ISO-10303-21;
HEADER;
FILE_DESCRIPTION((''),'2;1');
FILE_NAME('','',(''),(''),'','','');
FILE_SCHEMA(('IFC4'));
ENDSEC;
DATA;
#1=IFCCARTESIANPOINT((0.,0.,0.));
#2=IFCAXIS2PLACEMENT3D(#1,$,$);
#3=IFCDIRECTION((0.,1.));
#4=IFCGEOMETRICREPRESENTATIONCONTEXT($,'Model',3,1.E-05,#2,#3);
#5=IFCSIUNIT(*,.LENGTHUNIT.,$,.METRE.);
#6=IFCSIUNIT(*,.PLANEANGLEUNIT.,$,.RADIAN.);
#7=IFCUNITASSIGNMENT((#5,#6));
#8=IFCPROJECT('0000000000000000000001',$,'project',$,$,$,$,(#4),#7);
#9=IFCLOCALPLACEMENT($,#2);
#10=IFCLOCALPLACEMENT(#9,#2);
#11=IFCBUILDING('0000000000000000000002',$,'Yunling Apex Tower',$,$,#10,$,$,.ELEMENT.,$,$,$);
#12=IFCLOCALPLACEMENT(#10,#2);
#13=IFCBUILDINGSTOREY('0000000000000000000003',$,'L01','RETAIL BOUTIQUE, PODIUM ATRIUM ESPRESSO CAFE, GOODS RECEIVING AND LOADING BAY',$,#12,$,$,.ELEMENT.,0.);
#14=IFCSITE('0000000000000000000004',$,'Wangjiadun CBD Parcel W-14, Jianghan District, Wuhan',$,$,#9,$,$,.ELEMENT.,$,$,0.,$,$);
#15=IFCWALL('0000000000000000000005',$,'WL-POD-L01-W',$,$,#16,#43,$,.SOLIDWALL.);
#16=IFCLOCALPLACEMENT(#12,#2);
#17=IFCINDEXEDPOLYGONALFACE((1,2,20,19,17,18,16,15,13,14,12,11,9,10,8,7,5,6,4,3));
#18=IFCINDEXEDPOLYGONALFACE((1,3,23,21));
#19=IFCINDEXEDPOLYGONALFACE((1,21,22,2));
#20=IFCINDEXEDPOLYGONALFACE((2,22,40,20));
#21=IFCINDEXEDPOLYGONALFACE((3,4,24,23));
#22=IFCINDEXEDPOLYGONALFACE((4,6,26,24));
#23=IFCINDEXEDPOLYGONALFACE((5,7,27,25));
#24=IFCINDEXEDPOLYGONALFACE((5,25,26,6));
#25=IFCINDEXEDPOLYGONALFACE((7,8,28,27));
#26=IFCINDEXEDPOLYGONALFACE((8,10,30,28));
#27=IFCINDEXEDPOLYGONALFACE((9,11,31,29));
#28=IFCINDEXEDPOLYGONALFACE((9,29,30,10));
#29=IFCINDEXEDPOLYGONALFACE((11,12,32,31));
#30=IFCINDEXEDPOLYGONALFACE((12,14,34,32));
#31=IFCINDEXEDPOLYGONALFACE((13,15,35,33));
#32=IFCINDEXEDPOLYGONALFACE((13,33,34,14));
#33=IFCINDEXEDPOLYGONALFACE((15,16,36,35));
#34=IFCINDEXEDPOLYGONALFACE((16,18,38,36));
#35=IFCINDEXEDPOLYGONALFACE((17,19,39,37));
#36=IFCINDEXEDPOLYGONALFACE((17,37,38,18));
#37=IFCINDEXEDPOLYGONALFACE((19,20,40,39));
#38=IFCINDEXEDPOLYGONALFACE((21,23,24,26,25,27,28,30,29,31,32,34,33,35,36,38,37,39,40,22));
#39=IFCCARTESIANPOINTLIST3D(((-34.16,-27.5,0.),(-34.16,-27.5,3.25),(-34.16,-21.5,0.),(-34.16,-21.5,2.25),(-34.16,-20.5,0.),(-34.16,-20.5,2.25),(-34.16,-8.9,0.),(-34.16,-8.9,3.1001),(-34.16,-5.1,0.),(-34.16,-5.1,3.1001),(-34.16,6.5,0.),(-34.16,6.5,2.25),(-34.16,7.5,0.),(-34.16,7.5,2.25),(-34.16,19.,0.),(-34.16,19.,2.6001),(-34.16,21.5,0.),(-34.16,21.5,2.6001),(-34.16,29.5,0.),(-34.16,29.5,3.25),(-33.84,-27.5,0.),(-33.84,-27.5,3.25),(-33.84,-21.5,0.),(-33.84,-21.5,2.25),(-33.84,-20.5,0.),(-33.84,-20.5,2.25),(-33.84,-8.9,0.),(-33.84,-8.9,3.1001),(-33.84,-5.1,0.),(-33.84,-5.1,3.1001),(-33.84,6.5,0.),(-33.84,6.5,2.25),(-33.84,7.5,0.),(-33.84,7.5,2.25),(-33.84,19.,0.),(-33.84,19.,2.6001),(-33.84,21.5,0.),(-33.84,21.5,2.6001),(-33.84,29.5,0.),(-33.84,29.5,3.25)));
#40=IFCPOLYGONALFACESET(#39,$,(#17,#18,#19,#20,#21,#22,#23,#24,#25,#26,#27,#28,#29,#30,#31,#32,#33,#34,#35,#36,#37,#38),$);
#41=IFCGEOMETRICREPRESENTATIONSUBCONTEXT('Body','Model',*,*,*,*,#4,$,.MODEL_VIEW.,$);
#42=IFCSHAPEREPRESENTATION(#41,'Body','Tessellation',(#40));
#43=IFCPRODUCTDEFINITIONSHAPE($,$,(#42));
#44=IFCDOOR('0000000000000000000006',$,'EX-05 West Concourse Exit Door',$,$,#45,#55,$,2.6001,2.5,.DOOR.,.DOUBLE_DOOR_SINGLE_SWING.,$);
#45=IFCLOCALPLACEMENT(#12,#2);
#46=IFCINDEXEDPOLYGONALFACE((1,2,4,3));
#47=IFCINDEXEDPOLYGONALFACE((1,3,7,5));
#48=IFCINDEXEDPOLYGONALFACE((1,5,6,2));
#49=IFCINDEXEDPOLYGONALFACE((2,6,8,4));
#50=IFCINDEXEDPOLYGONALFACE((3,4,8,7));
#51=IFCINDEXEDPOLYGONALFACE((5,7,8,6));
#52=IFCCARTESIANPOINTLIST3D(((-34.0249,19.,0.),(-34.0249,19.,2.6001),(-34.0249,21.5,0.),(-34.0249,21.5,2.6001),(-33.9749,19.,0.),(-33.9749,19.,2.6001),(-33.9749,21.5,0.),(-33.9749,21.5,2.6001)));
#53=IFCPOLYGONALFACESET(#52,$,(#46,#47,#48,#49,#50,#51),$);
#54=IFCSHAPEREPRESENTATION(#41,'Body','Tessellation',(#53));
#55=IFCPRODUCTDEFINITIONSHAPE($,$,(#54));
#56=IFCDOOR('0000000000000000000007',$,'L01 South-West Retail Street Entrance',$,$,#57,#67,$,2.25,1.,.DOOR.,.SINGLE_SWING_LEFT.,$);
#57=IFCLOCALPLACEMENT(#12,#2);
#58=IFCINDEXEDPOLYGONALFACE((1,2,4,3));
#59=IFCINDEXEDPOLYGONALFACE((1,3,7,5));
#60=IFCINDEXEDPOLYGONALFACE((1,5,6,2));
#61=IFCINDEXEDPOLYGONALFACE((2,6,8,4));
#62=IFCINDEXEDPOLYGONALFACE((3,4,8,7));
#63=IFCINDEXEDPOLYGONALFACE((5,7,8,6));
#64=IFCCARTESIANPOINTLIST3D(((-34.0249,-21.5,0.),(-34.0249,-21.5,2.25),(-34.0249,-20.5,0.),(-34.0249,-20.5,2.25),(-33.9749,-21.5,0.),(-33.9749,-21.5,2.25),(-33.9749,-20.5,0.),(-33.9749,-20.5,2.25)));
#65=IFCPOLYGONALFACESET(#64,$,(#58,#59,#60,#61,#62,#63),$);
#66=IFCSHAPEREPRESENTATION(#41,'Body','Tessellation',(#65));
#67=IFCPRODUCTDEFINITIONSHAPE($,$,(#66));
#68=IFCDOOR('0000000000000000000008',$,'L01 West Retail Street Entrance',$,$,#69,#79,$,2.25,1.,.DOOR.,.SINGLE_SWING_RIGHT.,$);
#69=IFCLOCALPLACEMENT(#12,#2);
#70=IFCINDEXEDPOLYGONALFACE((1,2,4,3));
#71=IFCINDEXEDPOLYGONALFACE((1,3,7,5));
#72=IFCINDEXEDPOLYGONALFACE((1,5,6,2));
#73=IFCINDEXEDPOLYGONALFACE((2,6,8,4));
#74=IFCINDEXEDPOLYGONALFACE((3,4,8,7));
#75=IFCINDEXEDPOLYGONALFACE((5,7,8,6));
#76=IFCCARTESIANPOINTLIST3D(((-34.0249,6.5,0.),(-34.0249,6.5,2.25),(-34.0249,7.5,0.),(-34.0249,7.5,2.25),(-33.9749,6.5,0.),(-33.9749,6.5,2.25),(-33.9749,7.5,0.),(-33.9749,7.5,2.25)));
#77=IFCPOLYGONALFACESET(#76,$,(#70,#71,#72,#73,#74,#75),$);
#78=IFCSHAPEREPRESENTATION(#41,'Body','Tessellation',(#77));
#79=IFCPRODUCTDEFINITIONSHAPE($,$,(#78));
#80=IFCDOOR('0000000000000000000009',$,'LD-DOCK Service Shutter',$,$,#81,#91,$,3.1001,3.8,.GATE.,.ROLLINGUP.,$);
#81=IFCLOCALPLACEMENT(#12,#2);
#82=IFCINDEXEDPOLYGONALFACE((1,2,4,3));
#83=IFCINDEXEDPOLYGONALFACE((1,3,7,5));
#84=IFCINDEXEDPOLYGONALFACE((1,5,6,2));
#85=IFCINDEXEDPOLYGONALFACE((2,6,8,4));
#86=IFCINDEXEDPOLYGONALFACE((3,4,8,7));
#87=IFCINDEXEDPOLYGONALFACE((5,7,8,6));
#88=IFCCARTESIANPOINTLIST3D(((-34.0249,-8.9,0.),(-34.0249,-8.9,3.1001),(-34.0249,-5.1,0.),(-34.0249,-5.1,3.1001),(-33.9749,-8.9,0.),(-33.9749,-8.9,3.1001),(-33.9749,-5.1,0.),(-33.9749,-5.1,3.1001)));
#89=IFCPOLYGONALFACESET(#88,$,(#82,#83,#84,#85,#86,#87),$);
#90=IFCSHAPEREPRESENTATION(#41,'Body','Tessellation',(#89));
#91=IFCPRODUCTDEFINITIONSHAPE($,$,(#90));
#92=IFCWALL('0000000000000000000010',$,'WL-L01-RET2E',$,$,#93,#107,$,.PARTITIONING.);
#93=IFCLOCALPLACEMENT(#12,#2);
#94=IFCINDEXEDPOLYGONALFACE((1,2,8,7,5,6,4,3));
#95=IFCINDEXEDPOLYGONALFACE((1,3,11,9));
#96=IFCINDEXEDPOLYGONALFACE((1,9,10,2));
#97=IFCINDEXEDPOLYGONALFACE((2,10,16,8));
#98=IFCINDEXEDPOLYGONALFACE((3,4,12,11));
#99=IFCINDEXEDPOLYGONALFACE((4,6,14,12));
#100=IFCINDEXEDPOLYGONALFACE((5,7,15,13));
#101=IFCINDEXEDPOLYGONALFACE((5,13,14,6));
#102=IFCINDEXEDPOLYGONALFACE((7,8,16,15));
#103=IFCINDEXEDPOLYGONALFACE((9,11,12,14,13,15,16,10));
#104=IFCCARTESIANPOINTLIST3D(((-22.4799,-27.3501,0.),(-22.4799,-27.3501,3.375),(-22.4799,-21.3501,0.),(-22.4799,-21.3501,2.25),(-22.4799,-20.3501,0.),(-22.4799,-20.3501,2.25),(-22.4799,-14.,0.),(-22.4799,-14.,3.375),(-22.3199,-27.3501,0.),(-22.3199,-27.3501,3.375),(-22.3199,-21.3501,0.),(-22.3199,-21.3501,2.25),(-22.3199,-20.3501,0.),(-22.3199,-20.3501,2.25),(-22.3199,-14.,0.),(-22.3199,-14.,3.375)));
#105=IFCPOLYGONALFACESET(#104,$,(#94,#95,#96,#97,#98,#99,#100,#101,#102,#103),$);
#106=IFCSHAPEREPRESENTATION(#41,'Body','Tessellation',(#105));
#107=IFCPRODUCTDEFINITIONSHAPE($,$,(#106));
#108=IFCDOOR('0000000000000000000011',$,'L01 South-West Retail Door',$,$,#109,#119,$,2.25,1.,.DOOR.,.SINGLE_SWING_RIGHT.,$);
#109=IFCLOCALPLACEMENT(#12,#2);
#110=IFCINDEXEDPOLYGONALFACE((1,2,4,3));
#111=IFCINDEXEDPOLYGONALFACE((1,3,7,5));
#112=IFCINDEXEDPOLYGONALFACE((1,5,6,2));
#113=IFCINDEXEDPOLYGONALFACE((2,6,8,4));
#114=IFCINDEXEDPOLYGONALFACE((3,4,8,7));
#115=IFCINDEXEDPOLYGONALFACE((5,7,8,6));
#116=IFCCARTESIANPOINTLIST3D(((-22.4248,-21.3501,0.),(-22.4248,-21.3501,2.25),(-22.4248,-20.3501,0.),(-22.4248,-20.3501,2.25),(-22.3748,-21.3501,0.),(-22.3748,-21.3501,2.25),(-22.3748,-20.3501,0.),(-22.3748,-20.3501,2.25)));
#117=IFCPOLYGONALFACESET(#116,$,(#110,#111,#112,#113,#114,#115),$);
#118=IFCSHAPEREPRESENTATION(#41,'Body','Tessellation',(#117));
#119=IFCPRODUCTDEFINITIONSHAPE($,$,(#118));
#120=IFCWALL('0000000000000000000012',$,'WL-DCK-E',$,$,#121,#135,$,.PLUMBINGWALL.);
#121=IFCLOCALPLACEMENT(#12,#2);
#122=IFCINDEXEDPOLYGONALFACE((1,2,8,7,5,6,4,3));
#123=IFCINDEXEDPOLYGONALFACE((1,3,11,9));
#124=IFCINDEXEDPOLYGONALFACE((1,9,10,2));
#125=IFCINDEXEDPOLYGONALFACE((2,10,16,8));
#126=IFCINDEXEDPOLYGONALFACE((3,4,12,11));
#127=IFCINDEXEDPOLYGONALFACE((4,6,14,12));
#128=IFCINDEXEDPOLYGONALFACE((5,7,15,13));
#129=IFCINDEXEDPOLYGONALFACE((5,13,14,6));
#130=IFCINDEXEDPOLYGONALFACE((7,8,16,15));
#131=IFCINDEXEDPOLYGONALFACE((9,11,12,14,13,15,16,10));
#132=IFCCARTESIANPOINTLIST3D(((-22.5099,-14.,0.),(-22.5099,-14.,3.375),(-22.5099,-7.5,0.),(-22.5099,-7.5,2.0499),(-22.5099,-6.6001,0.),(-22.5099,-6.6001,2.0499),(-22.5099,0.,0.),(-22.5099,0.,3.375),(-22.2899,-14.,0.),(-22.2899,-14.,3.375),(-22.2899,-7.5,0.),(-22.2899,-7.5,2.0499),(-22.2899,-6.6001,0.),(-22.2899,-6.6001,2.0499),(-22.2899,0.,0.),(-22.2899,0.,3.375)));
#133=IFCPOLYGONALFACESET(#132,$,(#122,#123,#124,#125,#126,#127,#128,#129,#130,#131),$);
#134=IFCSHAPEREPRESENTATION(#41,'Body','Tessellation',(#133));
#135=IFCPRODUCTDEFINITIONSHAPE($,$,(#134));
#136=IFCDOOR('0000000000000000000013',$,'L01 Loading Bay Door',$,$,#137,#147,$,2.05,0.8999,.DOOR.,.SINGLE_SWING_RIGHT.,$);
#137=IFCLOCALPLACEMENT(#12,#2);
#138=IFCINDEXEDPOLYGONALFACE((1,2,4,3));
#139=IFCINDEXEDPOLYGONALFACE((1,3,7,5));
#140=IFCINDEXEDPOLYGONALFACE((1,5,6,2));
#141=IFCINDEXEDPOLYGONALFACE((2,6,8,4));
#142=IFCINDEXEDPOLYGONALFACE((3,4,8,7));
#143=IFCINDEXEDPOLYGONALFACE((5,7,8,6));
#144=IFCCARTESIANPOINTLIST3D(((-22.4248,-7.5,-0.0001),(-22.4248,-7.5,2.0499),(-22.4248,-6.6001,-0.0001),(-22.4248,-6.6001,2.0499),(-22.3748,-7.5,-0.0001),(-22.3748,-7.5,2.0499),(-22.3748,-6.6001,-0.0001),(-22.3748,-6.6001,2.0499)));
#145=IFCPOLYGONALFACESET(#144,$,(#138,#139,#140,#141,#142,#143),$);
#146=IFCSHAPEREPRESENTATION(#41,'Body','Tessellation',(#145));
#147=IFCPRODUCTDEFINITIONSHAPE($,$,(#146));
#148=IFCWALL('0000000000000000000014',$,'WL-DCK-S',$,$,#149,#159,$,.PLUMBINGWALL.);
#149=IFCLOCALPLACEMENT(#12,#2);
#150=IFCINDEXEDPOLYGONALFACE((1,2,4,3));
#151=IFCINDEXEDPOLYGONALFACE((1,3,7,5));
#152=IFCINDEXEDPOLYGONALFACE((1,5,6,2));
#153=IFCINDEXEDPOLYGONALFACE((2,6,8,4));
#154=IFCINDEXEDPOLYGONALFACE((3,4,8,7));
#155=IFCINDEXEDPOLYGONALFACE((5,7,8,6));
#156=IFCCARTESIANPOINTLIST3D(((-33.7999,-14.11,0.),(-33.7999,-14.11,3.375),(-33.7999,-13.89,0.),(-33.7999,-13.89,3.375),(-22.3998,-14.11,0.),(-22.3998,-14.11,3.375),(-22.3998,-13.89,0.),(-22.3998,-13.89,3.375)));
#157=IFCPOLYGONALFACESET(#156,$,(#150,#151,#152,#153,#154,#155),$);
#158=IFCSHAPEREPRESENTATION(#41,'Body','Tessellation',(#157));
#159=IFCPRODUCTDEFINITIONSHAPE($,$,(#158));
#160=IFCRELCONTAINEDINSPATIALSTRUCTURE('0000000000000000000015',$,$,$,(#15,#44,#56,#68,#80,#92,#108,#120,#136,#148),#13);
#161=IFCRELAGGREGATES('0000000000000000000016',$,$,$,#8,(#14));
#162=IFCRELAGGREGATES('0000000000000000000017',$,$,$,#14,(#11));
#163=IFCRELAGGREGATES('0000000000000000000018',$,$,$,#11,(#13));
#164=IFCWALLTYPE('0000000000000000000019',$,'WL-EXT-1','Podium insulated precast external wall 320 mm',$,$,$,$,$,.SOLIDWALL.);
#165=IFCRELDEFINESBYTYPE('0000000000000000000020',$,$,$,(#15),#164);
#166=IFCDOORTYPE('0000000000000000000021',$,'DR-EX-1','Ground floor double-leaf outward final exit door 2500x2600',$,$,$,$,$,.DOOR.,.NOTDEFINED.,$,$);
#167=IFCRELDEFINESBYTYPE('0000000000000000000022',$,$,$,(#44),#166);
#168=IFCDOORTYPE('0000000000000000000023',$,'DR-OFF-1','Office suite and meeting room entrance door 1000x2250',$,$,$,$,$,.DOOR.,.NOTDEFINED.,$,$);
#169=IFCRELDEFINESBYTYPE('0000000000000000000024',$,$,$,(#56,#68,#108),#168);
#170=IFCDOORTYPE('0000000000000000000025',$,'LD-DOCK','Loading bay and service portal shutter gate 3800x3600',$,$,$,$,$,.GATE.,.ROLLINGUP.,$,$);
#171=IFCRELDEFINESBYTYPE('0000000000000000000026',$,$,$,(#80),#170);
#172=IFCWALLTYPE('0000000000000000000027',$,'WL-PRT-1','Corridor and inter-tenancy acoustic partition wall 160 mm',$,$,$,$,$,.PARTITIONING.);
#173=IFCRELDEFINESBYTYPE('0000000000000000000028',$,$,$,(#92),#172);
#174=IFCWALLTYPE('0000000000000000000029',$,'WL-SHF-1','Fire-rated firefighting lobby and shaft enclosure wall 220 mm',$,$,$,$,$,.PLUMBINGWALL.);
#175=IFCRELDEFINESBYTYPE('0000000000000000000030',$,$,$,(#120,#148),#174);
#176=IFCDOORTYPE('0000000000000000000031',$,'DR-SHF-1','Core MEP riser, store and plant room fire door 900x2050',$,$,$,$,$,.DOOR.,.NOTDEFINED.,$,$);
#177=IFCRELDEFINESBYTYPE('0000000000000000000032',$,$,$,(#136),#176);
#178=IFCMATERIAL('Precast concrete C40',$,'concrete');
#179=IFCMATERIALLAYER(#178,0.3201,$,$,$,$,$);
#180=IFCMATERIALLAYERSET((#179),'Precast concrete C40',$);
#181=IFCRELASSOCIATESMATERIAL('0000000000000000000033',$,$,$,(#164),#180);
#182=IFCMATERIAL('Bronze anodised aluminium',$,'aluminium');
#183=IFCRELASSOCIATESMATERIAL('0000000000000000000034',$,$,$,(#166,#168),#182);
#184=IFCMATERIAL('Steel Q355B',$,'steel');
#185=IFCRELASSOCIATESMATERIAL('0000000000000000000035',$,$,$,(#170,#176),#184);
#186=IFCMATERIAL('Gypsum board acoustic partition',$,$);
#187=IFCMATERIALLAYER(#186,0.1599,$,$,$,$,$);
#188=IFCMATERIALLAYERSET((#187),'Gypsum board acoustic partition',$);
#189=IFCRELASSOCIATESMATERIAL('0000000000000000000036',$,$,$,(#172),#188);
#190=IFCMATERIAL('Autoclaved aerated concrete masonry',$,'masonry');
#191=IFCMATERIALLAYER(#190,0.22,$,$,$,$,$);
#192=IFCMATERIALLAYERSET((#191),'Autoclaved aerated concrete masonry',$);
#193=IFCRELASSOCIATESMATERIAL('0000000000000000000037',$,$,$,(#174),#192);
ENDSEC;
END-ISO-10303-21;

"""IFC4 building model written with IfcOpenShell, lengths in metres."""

from ifc_helpers import new_model, si_unit, direction, frame, frame_2d, origin, place, context, subcontext, project, spatial, rectangle, extrude, material, layer, layer_set, type_object, element, fill, save


model = new_model("IFC4")

# Units and contexts
model_context = context("Model", 3, precision=1e-05, world=origin(), true_north=direction((0.0, 1.0)))
body_context = subcontext(model_context, "Body", "Model", "MODEL_VIEW")
ifc_project = project(units=[si_unit("LENGTHUNIT", "METRE"), si_unit("PLANEANGLEUNIT", "RADIAN")], contexts=[model_context])

# Site, building, storey
site_placement = place(None, origin())
site = spatial("IfcSite", under=ifc_project, at=site_placement, Name="Wangjiadun CBD Parcel W-14, Jianghan District, Wuhan", CompositionType="ELEMENT", RefElevation=0.0)
building_placement = place(site_placement, origin())
building = spatial("IfcBuilding", under=site, at=building_placement, Name="Yunling Apex Tower", CompositionType="ELEMENT")
storey_placement = place(building_placement, origin())
storey = spatial("IfcBuildingStorey", under=building, at=storey_placement, Name="L01", Description="RETAIL BOUTIQUE, PODIUM ATRIUM ESPRESSO CAFE, GOODS RECEIVING AND LOADING BAY", CompositionType="ELEMENT", Elevation=0.0)

# Shared definitions
ifc_material_1 = material(Name="Steel Q355B", Category="steel")

# Wall, openings, doors
ifc_material_2 = material(Name="Precast concrete C40", Category="concrete")
ifc_layer_1 = layer(ifc_material_2, 0.3201)
ifc_layer_set_1 = layer_set([ifc_layer_1], Name="Precast concrete C40")
wall_type_1 = type_object("IfcWallType", Name="WL-EXT-1", Description="Podium insulated precast external wall 320 mm", PredefinedType="SOLIDWALL", material=ifc_layer_set_1)
wall_1_placement = place(storey_placement, frame((-34.0, -27.5, 0.0), z_axis=(0.0, 0.0, 1.0), x_axis=(0.0, 1.0, 0.0)))
wall_1 = element("IfcWall", 1, at=wall_1_placement, inside=storey, type_object=wall_type_1, Name="WL-POD-L01-W", PredefinedType="SOLIDWALL", context=body_context, shape_type="SweptSolid", body=[
    extrude(rectangle(XDim=57.0, YDim=0.3201, at=frame_2d((28.5, 0.0))), origin(), (0.0, 0.0, 1.0), 3.25),
])
opening_1_placement = place(wall_1_placement, frame((6.0, 0.0, 0.0)))
opening_1 = element("IfcOpeningElement", 2, at=opening_1_placement, cuts=wall_1, PredefinedType="OPENING", context=body_context, shape_type="SweptSolid", body=[
    extrude(rectangle(XDim=1.0, YDim=2.25, at=frame_2d((0.5, 1.125))), frame((0.0, 0.1699, 0.0), z_axis=(0.0, -1.0, 0.0), x_axis=(1.0, 0.0, 0.0)), (0.0, 0.0, 1.0), 0.3401),
])
opening_2_placement = place(wall_1_placement, frame((18.6001, 0.0, 0.0)))
opening_2 = element("IfcOpeningElement", 3, at=opening_2_placement, cuts=wall_1, PredefinedType="OPENING", context=body_context, shape_type="SweptSolid", body=[
    extrude(rectangle(XDim=3.8, YDim=3.1001, at=frame_2d((1.8999, 1.55))), frame((0.0, 0.1699, 0.0), z_axis=(0.0, -1.0, 0.0), x_axis=(1.0, 0.0, 0.0)), (0.0, 0.0, 1.0), 0.3401),
])
opening_3_placement = place(wall_1_placement, frame((34.0, 0.0, 0.0)))
opening_3 = element("IfcOpeningElement", 4, at=opening_3_placement, cuts=wall_1, PredefinedType="OPENING", context=body_context, shape_type="SweptSolid", body=[
    extrude(rectangle(XDim=1.0, YDim=2.25, at=frame_2d((0.5, 1.125))), frame((0.0, 0.1699, 0.0), z_axis=(0.0, -1.0, 0.0), x_axis=(1.0, 0.0, 0.0)), (0.0, 0.0, 1.0), 0.3401),
])
opening_4_placement = place(wall_1_placement, frame((46.5, 0.0, 0.0)))
opening_4 = element("IfcOpeningElement", 5, at=opening_4_placement, cuts=wall_1, PredefinedType="OPENING", context=body_context, shape_type="SweptSolid", body=[
    extrude(rectangle(XDim=2.5, YDim=2.6001, at=frame_2d((1.25, 1.3))), frame((0.0, 0.1699, 0.0), z_axis=(0.0, -1.0, 0.0), x_axis=(1.0, 0.0, 0.0)), (0.0, 0.0, 1.0), 0.3401),
])
ifc_material_3 = material(Name="Bronze anodised aluminium", Category="aluminium")
door_type_1 = type_object("IfcDoorType", Name="DR-EX-1", Description="Ground floor double-leaf outward final exit door 2500x2600", OperationType="NOTDEFINED", PredefinedType="DOOR", material=ifc_material_3)
door_1_placement = place(opening_4_placement, origin())
door_1 = element("IfcDoor", 6, at=door_1_placement, inside=storey, type_object=door_type_1, Name="EX-05 West Concourse Exit Door", OperationType="DOUBLE_DOOR_SINGLE_SWING", OverallHeight=2.6001, OverallWidth=2.5, PredefinedType="DOOR", context=body_context, shape_type="SweptSolid", body=[
    extrude(rectangle(XDim=2.5, YDim=2.6001, at=frame_2d((1.25, 1.3))), frame((0.0, 0.0249, 0.0), z_axis=(0.0, -1.0, 0.0), x_axis=(1.0, 0.0, 0.0)), (0.0, 0.0, 1.0), 0.05),
])
fill(opening_4, door_1)
door_type_2 = type_object("IfcDoorType", Name="DR-OFF-1", Description="Office suite and meeting room entrance door 1000x2250", OperationType="NOTDEFINED", PredefinedType="DOOR", material=ifc_material_3)
door_2_placement = place(opening_1_placement, origin())
door_2 = element("IfcDoor", 7, at=door_2_placement, inside=storey, type_object=door_type_2, Name="L01 South-West Retail Street Entrance", OperationType="SINGLE_SWING_LEFT", OverallHeight=2.25, OverallWidth=1.0, PredefinedType="DOOR", context=body_context, shape_type="SweptSolid", body=[
    extrude(rectangle(XDim=1.0, YDim=2.25, at=frame_2d((0.5, 1.125))), frame((0.0, 0.0249, 0.0), z_axis=(0.0, -1.0, 0.0), x_axis=(1.0, 0.0, 0.0)), (0.0, 0.0, 1.0), 0.05),
])
fill(opening_1, door_2)
door_3_placement = place(opening_3_placement, origin())
door_3 = element("IfcDoor", 8, at=door_3_placement, inside=storey, type_object=door_type_2, Name="L01 West Retail Street Entrance", OperationType="SINGLE_SWING_RIGHT", OverallHeight=2.25, OverallWidth=1.0, PredefinedType="DOOR", context=body_context, shape_type="SweptSolid", body=[
    extrude(rectangle(XDim=1.0, YDim=2.25, at=frame_2d((0.5, 1.125))), frame((0.0, 0.0249, 0.0), z_axis=(0.0, -1.0, 0.0), x_axis=(1.0, 0.0, 0.0)), (0.0, 0.0, 1.0), 0.05),
])
fill(opening_3, door_3)
door_type_3 = type_object("IfcDoorType", Name="LD-DOCK", Description="Loading bay and service portal shutter gate 3800x3600", OperationType="ROLLINGUP", PredefinedType="GATE", material=ifc_material_1)
door_4_placement = place(opening_2_placement, origin())
door_4 = element("IfcDoor", 9, at=door_4_placement, inside=storey, type_object=door_type_3, Name="LD-DOCK Service Shutter", OperationType="ROLLINGUP", OverallHeight=3.1001, OverallWidth=3.8, PredefinedType="GATE", context=body_context, shape_type="SweptSolid", body=[
    extrude(rectangle(XDim=3.8, YDim=3.1001, at=frame_2d((1.8999, 1.55))), frame((0.0, 0.0249, 0.0), z_axis=(0.0, -1.0, 0.0), x_axis=(1.0, 0.0, 0.0)), (0.0, 0.0, 1.0), 0.05),
])
fill(opening_2, door_4)

# Walls, openings, doors
ifc_material_4 = material(Name="Gypsum board acoustic partition")
ifc_layer_2 = layer(ifc_material_4, 0.1599)
ifc_layer_set_2 = layer_set([ifc_layer_2], Name="Gypsum board acoustic partition")
wall_type_2 = type_object("IfcWallType", Name="WL-PRT-1", Description="Corridor and inter-tenancy acoustic partition wall 160 mm", PredefinedType="PARTITIONING", material=ifc_layer_set_2)
wall_2_placement = place(storey_placement, frame((-22.3999, -27.3501, 0.0), z_axis=(0.0, 0.0, 1.0), x_axis=(0.0, 1.0, 0.0)))
wall_2 = element("IfcWall", 10, at=wall_2_placement, inside=storey, type_object=wall_type_2, Name="WL-L01-RET2E", PredefinedType="PARTITIONING", context=body_context, shape_type="SweptSolid", body=[
    extrude(rectangle(XDim=13.3501, YDim=0.1599, at=frame_2d((6.675, 0.0))), origin(), (0.0, 0.0, 1.0), 3.375),
])
opening_5_placement = place(wall_2_placement, frame((6.0, 0.0, 0.0)))
opening_5 = element("IfcOpeningElement", 11, at=opening_5_placement, cuts=wall_2, PredefinedType="OPENING", context=body_context, shape_type="SweptSolid", body=[
    extrude(rectangle(XDim=1.0, YDim=2.25, at=frame_2d((0.5, 1.125))), frame((0.0, 0.0898, 0.0), z_axis=(0.0, -1.0, 0.0), x_axis=(1.0, 0.0, 0.0)), (0.0, 0.0, 1.0), 0.1799),
])
door_5_placement = place(opening_5_placement, origin())
door_5 = element("IfcDoor", 12, at=door_5_placement, inside=storey, type_object=door_type_2, Name="L01 South-West Retail Door", OperationType="SINGLE_SWING_RIGHT", OverallHeight=2.25, OverallWidth=1.0, PredefinedType="DOOR", context=body_context, shape_type="SweptSolid", body=[
    extrude(rectangle(XDim=1.0, YDim=2.25, at=frame_2d((0.5, 1.125))), frame((0.0, 0.0249, 0.0), z_axis=(0.0, -1.0, 0.0), x_axis=(1.0, 0.0, 0.0)), (0.0, 0.0, 1.0), 0.05),
])
fill(opening_5, door_5)
ifc_material_5 = material(Name="Autoclaved aerated concrete masonry", Category="masonry")
ifc_layer_3 = layer(ifc_material_5, 0.22)
ifc_layer_set_3 = layer_set([ifc_layer_3], Name="Autoclaved aerated concrete masonry")
wall_type_3 = type_object("IfcWallType", Name="WL-SHF-1", Description="Fire-rated firefighting lobby and shaft enclosure wall 220 mm", PredefinedType="PLUMBINGWALL", material=ifc_layer_set_3)
wall_3_placement = place(storey_placement, frame((-22.3999, -14.0, 0.0), z_axis=(0.0, 0.0, 1.0), x_axis=(0.0, 1.0, 0.0)))
wall_3 = element("IfcWall", 13, at=wall_3_placement, inside=storey, type_object=wall_type_3, Name="WL-DCK-E", PredefinedType="PLUMBINGWALL", context=body_context, shape_type="SweptSolid", body=[
    extrude(rectangle(XDim=14.0, YDim=0.22, at=frame_2d((7.0, 0.0))), origin(), (0.0, 0.0, 1.0), 3.375),
])
opening_6_placement = place(wall_3_placement, frame((6.5, 0.0, 0.0)))
opening_6 = element("IfcOpeningElement", 14, at=opening_6_placement, cuts=wall_3, PredefinedType="OPENING", context=body_context, shape_type="SweptSolid", body=[
    extrude(rectangle(XDim=0.8999, YDim=2.05, at=frame_2d((0.45, 1.0249))), frame((0.0, 0.1201, 0.0), z_axis=(0.0, -1.0, 0.0), x_axis=(1.0, 0.0, 0.0)), (0.0, 0.0, 1.0), 0.24),
])
door_type_4 = type_object("IfcDoorType", Name="DR-SHF-1", Description="Core MEP riser, store and plant room fire door 900x2050", OperationType="NOTDEFINED", PredefinedType="DOOR", material=ifc_material_1)
door_6_placement = place(opening_6_placement, origin())
door_6 = element("IfcDoor", 15, at=door_6_placement, inside=storey, type_object=door_type_4, Name="L01 Loading Bay Door", OperationType="SINGLE_SWING_RIGHT", OverallHeight=2.05, OverallWidth=0.8999, PredefinedType="DOOR", context=body_context, shape_type="SweptSolid", body=[
    extrude(rectangle(XDim=0.8999, YDim=2.05, at=frame_2d((0.45, 1.0249))), frame((0.0, 0.0249, 0.0), z_axis=(0.0, -1.0, 0.0), x_axis=(1.0, 0.0, 0.0)), (0.0, 0.0, 1.0), 0.05),
])
fill(opening_6, door_6)

# Wall
wall_4_placement = place(storey_placement, frame((-33.8, -14.0, 0.0), z_axis=(0.0, 0.0, 1.0), x_axis=(1.0, 0.0, 0.0)))
element("IfcWall", 16, at=wall_4_placement, inside=storey, type_object=wall_type_3, Name="WL-DCK-S", PredefinedType="PLUMBINGWALL", context=body_context, shape_type="SweptSolid", body=[
    extrude(rectangle(XDim=11.4001, YDim=0.22, at=frame_2d((5.7002, 0.0))), origin(), (0.0, 0.0, 1.0), 3.375),
])

save(model, "model.ifc")
